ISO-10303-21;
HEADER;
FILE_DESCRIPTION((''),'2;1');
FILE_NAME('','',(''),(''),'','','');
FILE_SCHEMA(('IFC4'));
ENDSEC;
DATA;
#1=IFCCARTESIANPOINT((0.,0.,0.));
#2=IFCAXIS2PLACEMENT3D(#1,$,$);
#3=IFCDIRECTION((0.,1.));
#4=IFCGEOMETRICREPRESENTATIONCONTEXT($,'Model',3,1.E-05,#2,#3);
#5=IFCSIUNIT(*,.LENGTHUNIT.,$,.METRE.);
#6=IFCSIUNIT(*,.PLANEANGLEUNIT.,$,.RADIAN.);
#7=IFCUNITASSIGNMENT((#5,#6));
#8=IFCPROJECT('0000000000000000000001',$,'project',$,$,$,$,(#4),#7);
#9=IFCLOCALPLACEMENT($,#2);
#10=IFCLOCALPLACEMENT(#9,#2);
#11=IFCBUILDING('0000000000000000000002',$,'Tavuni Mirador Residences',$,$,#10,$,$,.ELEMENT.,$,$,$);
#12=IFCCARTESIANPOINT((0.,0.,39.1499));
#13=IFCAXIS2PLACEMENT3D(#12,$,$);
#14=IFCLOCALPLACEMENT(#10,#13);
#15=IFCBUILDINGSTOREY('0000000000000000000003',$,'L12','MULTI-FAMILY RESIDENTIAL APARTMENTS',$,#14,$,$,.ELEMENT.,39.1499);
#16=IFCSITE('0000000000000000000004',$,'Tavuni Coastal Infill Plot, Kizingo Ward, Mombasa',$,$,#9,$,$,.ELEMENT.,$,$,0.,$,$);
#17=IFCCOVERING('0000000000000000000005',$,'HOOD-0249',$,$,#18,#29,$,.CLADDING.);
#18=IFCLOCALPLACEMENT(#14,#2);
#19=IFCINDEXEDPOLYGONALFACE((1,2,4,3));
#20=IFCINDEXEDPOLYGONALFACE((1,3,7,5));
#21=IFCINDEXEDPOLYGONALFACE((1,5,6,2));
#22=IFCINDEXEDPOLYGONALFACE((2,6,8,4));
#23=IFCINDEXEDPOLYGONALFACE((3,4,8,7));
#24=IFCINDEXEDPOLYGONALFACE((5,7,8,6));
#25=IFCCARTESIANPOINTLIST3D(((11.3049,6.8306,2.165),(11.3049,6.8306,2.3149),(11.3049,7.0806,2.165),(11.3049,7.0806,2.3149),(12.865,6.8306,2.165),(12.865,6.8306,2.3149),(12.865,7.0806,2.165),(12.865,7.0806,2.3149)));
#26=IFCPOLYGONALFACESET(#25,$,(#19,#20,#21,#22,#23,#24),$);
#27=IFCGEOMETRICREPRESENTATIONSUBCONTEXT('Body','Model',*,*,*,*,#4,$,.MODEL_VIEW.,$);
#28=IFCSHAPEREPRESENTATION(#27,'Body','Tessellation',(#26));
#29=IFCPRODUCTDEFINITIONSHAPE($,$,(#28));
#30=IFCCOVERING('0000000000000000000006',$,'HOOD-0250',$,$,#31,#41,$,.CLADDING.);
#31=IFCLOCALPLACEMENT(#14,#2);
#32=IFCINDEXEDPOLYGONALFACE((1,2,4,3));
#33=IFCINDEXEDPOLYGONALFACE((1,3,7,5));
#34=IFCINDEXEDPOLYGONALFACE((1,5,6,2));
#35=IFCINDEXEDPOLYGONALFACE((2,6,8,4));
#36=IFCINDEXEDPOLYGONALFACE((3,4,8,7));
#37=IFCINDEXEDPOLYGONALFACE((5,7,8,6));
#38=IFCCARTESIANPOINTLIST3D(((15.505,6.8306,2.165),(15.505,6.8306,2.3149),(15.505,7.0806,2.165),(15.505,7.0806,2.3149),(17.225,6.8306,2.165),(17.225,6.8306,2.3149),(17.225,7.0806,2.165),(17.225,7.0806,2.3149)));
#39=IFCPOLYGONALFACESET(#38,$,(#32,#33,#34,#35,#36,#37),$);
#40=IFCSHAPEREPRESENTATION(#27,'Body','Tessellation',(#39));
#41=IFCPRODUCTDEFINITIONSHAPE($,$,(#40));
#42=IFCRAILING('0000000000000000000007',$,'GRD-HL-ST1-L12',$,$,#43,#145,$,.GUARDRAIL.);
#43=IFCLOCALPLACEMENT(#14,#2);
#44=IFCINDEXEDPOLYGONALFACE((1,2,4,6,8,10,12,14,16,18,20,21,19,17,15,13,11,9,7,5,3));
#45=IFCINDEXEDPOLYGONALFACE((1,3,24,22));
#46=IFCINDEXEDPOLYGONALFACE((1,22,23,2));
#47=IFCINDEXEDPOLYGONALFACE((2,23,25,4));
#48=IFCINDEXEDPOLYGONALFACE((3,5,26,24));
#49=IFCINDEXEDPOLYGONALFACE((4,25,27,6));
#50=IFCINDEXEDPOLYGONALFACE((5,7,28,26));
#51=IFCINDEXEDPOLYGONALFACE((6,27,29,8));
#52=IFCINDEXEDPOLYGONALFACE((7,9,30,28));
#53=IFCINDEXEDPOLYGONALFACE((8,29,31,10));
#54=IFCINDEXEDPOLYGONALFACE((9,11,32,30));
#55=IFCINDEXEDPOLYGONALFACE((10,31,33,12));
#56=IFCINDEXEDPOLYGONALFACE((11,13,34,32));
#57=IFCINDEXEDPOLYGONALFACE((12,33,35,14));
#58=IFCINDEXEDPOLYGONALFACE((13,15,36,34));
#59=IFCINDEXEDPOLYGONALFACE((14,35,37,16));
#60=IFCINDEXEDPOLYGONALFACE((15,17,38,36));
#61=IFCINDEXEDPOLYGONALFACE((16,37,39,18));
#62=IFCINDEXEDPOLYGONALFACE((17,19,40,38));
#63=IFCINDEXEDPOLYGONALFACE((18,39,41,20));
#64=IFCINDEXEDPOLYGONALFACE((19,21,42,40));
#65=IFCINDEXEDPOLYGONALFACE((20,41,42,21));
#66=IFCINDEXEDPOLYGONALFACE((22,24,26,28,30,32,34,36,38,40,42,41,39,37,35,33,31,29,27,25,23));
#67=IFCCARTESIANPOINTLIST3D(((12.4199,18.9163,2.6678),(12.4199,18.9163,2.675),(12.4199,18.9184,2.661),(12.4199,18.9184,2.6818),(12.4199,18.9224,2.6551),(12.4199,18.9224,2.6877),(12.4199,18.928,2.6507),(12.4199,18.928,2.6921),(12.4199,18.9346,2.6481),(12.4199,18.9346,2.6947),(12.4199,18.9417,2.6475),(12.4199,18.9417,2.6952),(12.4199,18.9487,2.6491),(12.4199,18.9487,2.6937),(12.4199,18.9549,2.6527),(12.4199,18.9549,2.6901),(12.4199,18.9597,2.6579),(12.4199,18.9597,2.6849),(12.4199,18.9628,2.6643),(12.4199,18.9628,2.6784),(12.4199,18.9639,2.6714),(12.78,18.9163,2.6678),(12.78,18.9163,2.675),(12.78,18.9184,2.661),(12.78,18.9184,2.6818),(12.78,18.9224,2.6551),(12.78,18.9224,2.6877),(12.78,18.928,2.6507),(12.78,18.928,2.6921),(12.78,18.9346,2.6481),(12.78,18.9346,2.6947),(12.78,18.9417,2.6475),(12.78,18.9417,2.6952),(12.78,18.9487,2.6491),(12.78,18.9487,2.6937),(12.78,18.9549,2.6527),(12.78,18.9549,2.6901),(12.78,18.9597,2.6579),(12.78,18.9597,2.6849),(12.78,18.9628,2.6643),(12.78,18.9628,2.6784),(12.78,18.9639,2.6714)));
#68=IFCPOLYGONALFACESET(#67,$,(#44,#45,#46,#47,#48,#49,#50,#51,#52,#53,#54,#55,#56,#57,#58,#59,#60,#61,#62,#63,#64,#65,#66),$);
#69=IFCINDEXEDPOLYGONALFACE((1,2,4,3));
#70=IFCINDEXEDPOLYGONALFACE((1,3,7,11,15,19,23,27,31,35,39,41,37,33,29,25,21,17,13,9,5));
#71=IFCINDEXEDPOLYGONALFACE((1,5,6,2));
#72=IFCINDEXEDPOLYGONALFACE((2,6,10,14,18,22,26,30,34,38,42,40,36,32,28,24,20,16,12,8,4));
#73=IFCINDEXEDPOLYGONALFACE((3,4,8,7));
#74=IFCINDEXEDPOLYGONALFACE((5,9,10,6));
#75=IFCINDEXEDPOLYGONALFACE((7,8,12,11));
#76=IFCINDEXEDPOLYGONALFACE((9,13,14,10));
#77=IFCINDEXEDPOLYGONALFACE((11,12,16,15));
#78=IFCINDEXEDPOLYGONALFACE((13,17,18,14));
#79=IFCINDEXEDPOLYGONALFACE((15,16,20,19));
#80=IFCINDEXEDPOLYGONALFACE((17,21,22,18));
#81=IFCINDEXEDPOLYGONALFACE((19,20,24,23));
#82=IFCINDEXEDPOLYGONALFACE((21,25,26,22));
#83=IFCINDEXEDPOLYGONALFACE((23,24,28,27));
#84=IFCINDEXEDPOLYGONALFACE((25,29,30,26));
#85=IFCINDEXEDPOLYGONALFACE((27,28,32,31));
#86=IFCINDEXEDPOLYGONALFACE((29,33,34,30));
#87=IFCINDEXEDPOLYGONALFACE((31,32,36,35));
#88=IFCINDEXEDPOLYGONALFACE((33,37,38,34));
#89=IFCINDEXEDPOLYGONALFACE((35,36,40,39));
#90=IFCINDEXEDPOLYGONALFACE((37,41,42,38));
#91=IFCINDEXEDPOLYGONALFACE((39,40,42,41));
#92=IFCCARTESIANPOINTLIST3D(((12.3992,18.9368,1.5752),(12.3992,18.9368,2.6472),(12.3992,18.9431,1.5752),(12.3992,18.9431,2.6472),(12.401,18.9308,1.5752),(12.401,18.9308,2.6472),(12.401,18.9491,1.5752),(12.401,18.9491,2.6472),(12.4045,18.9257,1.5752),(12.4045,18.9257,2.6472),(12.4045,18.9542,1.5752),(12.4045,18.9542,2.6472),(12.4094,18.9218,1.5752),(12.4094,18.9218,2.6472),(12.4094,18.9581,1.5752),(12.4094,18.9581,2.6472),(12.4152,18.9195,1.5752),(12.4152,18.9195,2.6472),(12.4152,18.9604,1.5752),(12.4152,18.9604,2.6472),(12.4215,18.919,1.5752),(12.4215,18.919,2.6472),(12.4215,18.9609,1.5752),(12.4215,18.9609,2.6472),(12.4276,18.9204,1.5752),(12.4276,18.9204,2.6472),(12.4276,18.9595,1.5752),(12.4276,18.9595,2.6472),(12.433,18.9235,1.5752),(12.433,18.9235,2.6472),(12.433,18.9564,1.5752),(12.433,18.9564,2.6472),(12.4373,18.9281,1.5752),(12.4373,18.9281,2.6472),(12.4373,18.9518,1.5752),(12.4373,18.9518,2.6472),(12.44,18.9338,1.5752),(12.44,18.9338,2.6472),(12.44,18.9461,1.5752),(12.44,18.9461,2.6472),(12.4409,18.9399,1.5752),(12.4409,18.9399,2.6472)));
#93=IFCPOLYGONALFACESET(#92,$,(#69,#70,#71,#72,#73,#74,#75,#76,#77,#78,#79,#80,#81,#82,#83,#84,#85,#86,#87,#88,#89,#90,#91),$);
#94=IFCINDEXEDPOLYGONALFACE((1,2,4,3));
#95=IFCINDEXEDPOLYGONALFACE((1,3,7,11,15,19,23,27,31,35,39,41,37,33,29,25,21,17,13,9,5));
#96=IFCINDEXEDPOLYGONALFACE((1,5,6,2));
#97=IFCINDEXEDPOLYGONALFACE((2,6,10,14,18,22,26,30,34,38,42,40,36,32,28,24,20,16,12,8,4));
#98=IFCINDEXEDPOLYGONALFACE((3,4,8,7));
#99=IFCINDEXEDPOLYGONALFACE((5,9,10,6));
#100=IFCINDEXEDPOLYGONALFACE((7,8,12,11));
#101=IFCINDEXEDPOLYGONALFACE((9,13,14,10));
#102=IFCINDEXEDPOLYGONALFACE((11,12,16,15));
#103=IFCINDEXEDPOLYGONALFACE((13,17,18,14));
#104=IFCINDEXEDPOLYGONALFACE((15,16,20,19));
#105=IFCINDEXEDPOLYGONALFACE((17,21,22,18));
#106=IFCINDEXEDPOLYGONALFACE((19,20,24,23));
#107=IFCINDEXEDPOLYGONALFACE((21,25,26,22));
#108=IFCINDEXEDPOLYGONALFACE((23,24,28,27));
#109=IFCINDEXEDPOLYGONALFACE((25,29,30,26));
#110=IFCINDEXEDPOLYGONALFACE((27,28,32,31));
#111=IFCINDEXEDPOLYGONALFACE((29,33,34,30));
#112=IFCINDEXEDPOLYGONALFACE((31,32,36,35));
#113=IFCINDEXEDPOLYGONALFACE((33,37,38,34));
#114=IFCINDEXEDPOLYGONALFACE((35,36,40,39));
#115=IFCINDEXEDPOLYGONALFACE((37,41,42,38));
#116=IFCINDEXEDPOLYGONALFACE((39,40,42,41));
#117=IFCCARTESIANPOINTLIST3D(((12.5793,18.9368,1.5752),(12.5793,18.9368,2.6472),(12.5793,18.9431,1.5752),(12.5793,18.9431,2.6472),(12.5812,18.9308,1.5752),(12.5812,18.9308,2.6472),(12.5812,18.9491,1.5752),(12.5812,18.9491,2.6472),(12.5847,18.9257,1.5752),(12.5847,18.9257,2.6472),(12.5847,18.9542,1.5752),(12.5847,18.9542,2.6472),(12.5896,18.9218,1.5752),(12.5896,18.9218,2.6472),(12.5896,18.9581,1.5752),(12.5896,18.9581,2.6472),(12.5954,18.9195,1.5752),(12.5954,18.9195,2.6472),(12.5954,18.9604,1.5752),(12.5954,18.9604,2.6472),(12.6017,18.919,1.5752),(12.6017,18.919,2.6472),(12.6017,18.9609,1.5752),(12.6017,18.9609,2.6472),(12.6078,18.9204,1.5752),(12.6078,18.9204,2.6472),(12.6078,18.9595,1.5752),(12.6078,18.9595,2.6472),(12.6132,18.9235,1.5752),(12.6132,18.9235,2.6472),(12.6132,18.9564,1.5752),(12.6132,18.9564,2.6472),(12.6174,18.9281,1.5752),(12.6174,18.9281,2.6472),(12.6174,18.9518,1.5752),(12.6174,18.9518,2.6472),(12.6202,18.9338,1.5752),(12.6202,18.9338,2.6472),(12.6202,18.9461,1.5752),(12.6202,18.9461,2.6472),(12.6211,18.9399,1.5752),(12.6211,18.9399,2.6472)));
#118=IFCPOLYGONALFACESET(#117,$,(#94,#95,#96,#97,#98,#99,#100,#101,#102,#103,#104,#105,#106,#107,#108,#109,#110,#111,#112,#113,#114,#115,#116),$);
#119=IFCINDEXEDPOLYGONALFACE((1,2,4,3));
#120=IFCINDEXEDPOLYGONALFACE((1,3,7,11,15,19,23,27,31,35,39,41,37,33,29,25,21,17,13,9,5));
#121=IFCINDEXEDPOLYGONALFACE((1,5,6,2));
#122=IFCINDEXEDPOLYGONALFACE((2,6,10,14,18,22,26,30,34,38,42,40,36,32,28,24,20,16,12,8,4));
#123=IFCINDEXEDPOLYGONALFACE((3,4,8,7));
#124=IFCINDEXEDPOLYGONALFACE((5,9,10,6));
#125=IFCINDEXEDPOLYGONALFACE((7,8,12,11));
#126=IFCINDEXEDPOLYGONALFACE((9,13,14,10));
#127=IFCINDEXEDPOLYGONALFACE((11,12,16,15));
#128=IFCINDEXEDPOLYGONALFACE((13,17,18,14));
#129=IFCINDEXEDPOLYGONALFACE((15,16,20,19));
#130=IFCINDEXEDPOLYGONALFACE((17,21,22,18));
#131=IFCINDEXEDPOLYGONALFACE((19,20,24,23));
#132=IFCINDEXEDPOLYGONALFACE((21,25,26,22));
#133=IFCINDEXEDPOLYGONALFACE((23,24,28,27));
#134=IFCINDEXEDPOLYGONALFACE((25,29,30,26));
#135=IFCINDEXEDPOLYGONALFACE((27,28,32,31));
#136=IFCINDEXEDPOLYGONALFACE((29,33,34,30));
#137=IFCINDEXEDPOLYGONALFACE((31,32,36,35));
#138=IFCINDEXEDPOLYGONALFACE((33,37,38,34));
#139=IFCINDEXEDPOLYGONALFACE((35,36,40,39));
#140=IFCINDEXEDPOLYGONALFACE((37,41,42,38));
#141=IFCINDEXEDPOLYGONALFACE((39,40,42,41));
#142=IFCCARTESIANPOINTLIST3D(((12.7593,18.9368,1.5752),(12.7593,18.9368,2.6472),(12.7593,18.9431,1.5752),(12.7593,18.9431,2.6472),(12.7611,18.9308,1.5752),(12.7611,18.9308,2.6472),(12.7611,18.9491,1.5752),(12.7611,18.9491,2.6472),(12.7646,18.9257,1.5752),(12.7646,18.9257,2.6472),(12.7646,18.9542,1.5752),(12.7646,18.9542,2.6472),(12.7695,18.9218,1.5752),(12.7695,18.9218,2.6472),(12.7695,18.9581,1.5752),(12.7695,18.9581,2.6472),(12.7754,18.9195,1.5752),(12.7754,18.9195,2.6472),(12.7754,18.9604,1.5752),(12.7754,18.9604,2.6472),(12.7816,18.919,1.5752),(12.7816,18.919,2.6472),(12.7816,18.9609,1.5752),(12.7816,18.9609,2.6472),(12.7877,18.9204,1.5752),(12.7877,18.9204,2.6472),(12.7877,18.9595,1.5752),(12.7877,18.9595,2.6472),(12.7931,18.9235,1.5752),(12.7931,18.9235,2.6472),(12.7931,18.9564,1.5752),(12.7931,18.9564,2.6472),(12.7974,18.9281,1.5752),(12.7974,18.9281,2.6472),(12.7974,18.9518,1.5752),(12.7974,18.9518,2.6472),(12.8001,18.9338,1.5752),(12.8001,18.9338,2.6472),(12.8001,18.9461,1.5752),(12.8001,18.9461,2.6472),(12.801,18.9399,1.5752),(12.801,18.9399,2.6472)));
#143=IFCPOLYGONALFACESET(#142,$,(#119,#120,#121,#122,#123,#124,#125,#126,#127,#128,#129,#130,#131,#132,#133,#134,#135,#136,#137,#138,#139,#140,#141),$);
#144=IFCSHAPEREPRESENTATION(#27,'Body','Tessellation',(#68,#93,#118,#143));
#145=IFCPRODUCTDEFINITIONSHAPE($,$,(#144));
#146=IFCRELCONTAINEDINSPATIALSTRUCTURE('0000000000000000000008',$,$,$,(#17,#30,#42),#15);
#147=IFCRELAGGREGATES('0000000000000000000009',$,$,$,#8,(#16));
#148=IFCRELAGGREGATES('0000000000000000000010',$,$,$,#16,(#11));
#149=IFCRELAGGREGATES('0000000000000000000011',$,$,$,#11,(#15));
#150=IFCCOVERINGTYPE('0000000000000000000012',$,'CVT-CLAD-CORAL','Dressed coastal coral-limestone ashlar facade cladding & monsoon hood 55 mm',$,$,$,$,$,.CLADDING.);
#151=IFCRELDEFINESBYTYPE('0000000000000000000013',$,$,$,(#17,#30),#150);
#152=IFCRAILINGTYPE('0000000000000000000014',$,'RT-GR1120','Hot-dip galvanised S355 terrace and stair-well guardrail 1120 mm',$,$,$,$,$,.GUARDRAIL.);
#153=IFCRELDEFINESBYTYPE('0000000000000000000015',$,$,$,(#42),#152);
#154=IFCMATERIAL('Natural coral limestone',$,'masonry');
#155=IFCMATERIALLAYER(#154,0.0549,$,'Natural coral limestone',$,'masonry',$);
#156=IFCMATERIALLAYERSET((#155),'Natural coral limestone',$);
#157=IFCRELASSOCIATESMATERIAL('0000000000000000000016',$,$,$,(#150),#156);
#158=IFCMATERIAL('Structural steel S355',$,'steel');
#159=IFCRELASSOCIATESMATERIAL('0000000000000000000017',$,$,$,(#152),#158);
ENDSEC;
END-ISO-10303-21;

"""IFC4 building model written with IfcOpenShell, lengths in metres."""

from ifc_helpers import new_model, si_unit, direction, frame, origin, origin_2d, place, context, subcontext, project, spatial, rectangle, circle, extrude, material, layer, layer_set, type_object, element, save


model = new_model("IFC4")

# Units and contexts
model_context = context("Model", 3, precision=1e-05, world=origin(), true_north=direction((0.0, 1.0)))
body_context = subcontext(model_context, "Body", "Model", "MODEL_VIEW")
ifc_project = project(units=[si_unit("LENGTHUNIT", "METRE"), si_unit("PLANEANGLEUNIT", "RADIAN")], contexts=[model_context])

# Site, building, storey
site_placement = place(None, origin())
site = spatial("IfcSite", under=ifc_project, at=site_placement, Name="Tavuni Coastal Infill Plot, Kizingo Ward, Mombasa", CompositionType="ELEMENT", RefElevation=0.0)
building_placement = place(site_placement, origin())
building = spatial("IfcBuilding", under=site, at=building_placement, Name="Tavuni Mirador Residences", CompositionType="ELEMENT")
storey_placement = place(building_placement, frame((0.0, 0.0, 39.1499)))
storey = spatial("IfcBuildingStorey", under=building, at=storey_placement, Name="L12", Description="MULTI-FAMILY RESIDENTIAL APARTMENTS", CompositionType="ELEMENT", Elevation=39.1499)

# Shared definitions
ifc_material_1 = material(Name="Structural steel S355", Category="steel")

# Coverings
ifc_material_2 = material(Name="Natural coral limestone", Category="masonry")
ifc_layer_1 = layer(ifc_material_2, 0.0549, Name="Natural coral limestone", Category="masonry")
ifc_layer_set_1 = layer_set([ifc_layer_1], Name="Natural coral limestone")
covering_type = type_object("IfcCoveringType", Name="CVT-CLAD-CORAL", Description="Dressed coastal coral-limestone ashlar facade cladding & monsoon hood 55 mm", PredefinedType="CLADDING", material=ifc_layer_set_1)
covering_1_placement = place(storey_placement, frame((12.085, 6.9556, 2.165), z_axis=(0.0, 0.0, 1.0), x_axis=(1.0, 0.0, 0.0)))
element("IfcCovering", 1, at=covering_1_placement, inside=storey, type_object=covering_type, Name="HOOD-0249", PredefinedType="CLADDING", context=body_context, shape_type="SweptSolid", body=[
    extrude(rectangle(XDim=1.5601, YDim=0.25, at=origin_2d()), origin(), (0.0, 0.0, 1.0), 0.1499),
])
covering_2_placement = place(storey_placement, frame((16.365, 6.9556, 2.165), z_axis=(0.0, 0.0, 1.0), x_axis=(1.0, 0.0, 0.0)))
element("IfcCovering", 2, at=covering_2_placement, inside=storey, type_object=covering_type, Name="HOOD-0250", PredefinedType="CLADDING", context=body_context, shape_type="SweptSolid", body=[
    extrude(rectangle(XDim=1.72, YDim=0.25, at=origin_2d()), origin(), (0.0, 0.0, 1.0), 0.1499),
])

# Railing
railing_type_1 = type_object("IfcRailingType", Name="RT-GR1120", Description="Hot-dip galvanised S355 terrace and stair-well guardrail 1120 mm", PredefinedType="GUARDRAIL", material=ifc_material_1)
railing_1_placement = place(storey_placement, frame((12.4199, 18.9399, 1.5752)))
element("IfcRailing", 3, at=railing_1_placement, inside=storey, type_object=railing_type_1, Name="GRD-HL-ST1-L12", PredefinedType="GUARDRAIL", context=body_context, shape_type="SweptSolid", body=[
    extrude(circle(Radius=0.0239, at=origin_2d()), frame((0.0, 0.0, 1.0962), z_axis=(1.0, 0.0, 0.0), x_axis=(0.0, 1.0, 0.0)), (0.0, 0.0, 1.0), 0.3601),
    extrude(circle(Radius=0.021, at=origin_2d()), origin(), (0.0, 0.0, 1.0), 1.072),
    extrude(circle(Radius=0.021, at=origin_2d()), frame((0.1802, 0.0, 0.0)), (0.0, 0.0, 1.0), 1.072),
    extrude(circle(Radius=0.021, at=origin_2d()), frame((0.3601, 0.0, 0.0)), (0.0, 0.0, 1.0), 1.072),
])

save(model, "model.ifc")
